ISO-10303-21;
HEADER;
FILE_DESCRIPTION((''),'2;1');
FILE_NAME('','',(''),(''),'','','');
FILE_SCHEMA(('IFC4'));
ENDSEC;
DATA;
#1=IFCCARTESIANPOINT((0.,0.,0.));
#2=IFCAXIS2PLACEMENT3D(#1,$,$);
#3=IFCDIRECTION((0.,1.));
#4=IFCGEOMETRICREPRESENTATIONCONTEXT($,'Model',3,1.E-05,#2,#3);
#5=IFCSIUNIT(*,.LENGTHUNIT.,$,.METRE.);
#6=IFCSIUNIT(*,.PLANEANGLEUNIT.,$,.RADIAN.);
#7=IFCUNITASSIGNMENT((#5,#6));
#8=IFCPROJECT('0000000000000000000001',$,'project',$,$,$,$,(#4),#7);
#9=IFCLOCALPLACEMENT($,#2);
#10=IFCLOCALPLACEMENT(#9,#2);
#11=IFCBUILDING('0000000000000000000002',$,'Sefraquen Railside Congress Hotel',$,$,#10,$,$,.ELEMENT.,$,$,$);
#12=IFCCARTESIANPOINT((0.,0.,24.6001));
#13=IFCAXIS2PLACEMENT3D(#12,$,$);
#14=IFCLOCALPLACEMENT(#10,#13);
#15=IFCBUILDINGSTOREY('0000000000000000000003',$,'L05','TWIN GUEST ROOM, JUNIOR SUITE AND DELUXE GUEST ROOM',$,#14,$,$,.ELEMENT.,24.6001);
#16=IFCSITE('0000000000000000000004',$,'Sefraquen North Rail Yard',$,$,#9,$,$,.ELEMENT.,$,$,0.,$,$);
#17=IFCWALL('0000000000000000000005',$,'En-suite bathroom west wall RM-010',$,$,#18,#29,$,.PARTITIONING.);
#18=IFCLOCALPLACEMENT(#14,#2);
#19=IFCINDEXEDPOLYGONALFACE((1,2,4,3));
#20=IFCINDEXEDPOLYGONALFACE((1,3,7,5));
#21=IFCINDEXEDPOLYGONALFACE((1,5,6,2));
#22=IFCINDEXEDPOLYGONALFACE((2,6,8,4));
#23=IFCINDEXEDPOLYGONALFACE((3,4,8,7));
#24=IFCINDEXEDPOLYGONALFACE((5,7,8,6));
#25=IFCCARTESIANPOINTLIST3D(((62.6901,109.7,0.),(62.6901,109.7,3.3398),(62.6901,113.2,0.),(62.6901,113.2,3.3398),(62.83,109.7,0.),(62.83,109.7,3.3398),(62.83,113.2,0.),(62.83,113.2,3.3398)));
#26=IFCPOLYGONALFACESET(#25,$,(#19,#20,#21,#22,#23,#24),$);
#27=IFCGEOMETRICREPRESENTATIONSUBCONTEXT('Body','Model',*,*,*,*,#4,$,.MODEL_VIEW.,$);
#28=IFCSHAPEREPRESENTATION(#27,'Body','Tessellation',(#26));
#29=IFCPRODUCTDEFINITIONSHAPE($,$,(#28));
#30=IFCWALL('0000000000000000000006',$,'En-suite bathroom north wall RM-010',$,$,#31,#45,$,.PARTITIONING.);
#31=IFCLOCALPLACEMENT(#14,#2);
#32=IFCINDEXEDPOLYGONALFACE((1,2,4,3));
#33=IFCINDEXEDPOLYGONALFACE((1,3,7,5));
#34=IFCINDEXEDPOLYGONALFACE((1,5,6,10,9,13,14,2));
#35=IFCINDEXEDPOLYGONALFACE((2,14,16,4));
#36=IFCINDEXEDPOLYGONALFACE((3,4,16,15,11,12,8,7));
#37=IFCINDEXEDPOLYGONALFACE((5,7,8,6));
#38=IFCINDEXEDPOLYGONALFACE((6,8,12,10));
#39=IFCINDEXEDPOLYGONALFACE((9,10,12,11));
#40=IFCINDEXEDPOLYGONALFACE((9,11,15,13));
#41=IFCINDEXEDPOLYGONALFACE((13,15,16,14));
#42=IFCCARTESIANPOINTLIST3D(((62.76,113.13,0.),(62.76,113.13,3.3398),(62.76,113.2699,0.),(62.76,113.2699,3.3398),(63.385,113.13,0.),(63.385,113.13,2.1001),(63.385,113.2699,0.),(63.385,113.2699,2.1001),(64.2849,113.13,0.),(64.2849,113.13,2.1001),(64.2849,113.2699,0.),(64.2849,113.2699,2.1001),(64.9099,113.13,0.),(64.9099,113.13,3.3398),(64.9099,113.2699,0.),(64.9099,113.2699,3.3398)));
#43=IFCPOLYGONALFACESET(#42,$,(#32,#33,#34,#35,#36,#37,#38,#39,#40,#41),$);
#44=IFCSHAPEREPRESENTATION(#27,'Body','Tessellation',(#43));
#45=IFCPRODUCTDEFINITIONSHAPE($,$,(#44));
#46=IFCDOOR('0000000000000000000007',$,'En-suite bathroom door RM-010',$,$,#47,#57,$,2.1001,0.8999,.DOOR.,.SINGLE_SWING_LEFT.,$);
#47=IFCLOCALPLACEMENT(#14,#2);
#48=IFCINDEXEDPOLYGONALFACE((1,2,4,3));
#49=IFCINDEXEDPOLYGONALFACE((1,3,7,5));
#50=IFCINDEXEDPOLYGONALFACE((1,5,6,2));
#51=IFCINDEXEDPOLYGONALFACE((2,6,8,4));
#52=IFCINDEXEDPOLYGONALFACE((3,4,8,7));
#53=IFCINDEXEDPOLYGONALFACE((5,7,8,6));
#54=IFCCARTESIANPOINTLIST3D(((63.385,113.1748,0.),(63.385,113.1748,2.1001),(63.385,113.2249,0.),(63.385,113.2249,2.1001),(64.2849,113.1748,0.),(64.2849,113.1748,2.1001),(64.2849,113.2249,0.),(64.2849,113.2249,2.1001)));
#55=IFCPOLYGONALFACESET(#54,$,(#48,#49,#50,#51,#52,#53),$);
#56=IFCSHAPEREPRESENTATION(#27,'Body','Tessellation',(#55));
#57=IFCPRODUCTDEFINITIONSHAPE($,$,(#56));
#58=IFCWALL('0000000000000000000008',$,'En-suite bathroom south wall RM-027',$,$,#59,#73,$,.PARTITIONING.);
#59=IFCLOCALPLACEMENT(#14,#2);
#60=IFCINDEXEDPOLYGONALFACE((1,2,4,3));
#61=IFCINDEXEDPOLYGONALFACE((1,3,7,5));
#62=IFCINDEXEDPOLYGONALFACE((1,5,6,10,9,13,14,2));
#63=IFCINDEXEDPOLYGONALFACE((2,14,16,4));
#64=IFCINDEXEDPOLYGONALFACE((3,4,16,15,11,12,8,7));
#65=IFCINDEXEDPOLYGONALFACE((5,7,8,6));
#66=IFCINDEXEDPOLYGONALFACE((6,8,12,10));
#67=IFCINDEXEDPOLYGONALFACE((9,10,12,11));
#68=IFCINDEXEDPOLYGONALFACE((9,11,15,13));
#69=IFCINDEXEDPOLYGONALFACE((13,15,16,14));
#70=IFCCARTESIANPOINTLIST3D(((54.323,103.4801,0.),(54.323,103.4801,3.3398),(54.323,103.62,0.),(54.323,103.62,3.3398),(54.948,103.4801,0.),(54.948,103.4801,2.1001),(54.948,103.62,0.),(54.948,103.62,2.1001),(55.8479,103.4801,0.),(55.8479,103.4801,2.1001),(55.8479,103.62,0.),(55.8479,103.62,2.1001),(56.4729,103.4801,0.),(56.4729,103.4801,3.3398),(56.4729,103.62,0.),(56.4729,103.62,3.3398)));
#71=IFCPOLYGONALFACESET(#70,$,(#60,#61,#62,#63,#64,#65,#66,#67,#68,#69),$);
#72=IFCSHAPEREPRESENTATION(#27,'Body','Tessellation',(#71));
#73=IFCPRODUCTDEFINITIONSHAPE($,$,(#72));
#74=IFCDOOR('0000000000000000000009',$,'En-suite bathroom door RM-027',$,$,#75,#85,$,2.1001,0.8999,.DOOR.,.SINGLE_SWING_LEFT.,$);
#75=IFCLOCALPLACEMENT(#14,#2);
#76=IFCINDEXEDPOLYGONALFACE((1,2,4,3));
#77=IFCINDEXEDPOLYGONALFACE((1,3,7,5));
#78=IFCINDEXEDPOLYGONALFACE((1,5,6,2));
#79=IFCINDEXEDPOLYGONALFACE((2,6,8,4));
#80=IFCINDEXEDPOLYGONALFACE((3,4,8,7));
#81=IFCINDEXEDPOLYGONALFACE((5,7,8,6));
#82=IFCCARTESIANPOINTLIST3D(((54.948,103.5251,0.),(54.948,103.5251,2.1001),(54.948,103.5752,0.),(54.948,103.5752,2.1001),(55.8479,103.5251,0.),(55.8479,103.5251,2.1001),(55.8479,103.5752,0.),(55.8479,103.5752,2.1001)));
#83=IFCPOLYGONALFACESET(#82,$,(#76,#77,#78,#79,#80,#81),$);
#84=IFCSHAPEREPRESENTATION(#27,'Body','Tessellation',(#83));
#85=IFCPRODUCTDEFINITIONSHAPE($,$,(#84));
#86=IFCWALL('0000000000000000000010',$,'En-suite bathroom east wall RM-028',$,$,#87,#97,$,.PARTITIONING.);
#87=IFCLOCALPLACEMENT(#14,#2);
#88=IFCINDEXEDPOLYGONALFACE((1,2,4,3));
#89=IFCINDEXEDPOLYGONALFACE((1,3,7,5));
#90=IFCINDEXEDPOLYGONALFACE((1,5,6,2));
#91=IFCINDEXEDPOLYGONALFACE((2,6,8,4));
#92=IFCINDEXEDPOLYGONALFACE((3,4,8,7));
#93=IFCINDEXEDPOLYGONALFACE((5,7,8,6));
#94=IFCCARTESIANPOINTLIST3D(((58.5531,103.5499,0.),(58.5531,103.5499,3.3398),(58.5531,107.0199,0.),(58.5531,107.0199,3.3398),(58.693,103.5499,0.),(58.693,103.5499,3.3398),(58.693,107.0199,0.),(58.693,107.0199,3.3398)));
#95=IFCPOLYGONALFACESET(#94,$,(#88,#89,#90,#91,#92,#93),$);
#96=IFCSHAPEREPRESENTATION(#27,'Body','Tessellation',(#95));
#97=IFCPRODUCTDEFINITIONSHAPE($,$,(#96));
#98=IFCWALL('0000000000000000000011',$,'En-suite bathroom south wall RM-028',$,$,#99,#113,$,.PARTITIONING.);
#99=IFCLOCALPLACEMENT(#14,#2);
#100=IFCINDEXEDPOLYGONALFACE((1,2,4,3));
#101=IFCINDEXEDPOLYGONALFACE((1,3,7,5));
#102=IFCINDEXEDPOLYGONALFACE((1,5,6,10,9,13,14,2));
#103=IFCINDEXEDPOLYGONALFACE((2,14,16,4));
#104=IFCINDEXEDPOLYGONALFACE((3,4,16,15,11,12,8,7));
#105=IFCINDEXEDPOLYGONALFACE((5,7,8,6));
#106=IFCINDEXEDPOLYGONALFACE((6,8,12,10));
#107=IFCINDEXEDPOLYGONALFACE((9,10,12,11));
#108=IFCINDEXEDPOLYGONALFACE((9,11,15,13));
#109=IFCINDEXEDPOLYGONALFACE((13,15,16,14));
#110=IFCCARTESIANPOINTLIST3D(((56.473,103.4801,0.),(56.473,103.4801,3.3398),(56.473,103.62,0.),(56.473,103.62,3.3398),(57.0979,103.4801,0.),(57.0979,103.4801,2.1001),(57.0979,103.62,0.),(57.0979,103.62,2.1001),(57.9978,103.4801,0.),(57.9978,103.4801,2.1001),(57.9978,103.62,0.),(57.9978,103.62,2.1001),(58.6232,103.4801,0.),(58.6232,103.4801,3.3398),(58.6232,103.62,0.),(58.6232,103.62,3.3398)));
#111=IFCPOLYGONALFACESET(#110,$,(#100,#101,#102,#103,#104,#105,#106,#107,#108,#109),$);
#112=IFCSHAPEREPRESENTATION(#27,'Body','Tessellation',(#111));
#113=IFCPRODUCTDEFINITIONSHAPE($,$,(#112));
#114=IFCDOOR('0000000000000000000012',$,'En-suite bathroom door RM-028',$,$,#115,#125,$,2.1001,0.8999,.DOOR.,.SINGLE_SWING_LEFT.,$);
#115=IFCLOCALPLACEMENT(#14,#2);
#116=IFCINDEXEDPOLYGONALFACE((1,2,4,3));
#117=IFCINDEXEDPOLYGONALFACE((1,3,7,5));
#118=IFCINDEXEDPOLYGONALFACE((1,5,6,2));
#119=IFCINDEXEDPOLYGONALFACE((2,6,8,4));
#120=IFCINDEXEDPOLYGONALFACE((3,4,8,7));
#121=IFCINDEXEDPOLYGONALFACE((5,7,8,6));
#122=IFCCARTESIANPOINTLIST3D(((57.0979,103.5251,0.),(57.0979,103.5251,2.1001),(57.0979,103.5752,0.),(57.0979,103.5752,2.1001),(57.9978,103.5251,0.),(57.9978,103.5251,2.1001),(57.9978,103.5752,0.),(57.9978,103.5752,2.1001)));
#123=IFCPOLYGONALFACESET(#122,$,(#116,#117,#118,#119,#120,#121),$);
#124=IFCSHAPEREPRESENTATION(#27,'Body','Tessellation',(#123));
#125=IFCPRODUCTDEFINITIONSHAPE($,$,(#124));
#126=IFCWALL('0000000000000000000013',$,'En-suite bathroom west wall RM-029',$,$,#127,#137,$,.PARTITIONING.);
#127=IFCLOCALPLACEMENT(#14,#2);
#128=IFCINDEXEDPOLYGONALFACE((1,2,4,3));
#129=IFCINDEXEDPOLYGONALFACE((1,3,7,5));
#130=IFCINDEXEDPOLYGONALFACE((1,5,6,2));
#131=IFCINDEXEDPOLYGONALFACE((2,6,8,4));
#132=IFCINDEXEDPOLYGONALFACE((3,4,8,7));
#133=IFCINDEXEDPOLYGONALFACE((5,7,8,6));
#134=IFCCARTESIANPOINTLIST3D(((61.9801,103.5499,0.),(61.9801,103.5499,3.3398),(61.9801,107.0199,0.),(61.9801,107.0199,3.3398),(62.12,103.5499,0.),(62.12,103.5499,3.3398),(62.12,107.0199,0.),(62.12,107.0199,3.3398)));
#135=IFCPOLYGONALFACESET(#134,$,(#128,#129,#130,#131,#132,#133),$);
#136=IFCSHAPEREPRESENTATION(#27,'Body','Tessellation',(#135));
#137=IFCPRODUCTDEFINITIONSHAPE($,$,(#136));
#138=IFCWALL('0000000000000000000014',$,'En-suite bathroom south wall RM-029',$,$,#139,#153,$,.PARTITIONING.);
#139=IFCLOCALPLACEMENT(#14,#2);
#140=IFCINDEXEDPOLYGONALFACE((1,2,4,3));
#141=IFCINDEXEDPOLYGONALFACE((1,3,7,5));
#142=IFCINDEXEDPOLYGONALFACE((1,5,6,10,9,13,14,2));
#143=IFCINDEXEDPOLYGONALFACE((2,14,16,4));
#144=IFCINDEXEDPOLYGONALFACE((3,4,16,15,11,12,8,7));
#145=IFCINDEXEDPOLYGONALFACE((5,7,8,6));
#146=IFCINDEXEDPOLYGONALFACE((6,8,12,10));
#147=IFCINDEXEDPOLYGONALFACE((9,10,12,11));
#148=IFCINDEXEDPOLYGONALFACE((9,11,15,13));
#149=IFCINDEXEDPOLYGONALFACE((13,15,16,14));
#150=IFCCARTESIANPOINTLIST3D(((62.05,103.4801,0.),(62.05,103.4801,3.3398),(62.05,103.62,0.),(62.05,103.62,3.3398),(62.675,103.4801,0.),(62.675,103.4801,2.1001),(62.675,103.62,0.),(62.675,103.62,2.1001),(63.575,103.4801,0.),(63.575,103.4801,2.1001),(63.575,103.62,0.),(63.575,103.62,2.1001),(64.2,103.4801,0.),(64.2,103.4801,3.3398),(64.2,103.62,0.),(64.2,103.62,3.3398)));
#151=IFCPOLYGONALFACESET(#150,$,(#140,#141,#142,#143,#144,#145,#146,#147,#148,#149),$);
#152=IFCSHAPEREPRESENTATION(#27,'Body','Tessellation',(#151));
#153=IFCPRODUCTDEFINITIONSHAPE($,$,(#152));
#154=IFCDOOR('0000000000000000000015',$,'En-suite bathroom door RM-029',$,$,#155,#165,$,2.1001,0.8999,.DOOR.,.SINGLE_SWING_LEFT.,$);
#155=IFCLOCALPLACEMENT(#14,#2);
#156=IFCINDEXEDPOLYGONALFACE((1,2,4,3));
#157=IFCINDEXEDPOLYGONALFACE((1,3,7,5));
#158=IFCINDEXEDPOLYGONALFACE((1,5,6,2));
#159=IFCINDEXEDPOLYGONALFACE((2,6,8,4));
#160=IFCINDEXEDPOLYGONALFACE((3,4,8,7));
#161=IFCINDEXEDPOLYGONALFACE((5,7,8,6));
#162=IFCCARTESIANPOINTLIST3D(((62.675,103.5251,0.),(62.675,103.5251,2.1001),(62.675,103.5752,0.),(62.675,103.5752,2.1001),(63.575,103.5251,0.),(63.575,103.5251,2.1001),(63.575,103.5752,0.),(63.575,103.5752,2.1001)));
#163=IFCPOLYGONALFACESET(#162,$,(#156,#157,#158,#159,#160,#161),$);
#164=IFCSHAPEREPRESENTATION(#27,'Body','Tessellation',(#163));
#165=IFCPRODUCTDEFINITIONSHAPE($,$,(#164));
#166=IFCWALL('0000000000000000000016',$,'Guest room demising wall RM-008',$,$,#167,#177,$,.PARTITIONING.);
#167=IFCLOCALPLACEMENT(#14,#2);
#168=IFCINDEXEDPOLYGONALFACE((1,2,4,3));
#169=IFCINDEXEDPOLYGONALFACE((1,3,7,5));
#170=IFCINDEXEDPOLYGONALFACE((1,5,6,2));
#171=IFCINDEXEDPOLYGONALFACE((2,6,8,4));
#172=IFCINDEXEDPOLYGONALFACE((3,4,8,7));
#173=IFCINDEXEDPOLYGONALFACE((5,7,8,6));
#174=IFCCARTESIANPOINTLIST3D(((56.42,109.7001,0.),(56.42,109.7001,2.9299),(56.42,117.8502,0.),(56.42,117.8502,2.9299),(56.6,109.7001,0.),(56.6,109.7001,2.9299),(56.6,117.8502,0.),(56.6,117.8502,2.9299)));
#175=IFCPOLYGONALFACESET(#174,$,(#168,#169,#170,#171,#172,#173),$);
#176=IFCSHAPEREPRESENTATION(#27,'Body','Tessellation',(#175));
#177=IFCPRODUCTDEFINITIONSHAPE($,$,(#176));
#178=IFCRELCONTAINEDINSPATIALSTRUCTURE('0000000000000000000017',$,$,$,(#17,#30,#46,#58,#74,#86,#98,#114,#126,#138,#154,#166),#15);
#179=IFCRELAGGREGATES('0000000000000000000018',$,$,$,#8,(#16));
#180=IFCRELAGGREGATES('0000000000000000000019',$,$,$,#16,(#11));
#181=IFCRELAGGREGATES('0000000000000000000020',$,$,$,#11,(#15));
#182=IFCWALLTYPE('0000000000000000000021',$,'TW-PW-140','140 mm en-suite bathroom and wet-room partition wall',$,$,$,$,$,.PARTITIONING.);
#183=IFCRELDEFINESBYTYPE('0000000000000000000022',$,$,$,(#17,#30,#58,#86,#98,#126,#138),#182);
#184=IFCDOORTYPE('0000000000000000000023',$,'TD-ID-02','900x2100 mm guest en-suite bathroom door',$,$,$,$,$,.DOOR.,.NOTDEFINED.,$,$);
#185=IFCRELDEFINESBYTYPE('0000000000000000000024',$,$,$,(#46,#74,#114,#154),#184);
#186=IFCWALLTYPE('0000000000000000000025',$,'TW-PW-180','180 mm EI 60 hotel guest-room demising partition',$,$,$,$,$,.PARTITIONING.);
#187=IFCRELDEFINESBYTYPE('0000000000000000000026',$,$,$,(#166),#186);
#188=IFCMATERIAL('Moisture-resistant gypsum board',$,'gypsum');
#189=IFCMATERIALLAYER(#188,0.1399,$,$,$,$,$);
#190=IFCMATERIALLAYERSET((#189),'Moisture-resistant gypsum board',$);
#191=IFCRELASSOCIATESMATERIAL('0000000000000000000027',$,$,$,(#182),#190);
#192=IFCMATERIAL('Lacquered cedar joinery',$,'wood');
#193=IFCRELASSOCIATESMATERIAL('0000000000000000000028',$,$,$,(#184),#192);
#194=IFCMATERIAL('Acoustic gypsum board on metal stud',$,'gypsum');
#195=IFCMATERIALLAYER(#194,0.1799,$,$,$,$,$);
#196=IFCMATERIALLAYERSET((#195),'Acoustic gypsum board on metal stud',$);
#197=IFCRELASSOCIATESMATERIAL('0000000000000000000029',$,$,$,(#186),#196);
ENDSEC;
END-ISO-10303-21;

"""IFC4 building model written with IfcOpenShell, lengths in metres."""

from ifc_helpers import new_model, si_unit, direction, frame, frame_2d, origin, place, context, subcontext, project, spatial, rectangle, extrude, material, layer, layer_set, type_object, element, fill, save


model = new_model("IFC4")

# Units and contexts
model_context = context("Model", 3, precision=1e-05, world=origin(), true_north=direction((0.0, 1.0)))
body_context = subcontext(model_context, "Body", "Model", "MODEL_VIEW")
ifc_project = project(units=[si_unit("LENGTHUNIT", "METRE"), si_unit("PLANEANGLEUNIT", "RADIAN")], contexts=[model_context])

# Site, building, storey
site_placement = place(None, origin())
site = spatial("IfcSite", under=ifc_project, at=site_placement, Name="Sefraquen North Rail Yard", CompositionType="ELEMENT", RefElevation=0.0)
building_placement = place(site_placement, origin())
building = spatial("IfcBuilding", under=site, at=building_placement, Name="Sefraquen Railside Congress Hotel", CompositionType="ELEMENT")
storey_placement = place(building_placement, frame((0.0, 0.0, 24.6001)))
storey = spatial("IfcBuildingStorey", under=building, at=storey_placement, Name="L05", Description="TWIN GUEST ROOM, JUNIOR SUITE AND DELUXE GUEST ROOM", CompositionType="ELEMENT", Elevation=24.6001)

# Shared definitions
ifc_material_1 = material(Name="Moisture-resistant gypsum board", Category="gypsum")
ifc_layer_1 = layer(ifc_material_1, 0.1399)
ifc_layer_set_1 = layer_set([ifc_layer_1], Name="Moisture-resistant gypsum board")
wall_type_1 = type_object("IfcWallType", Name="TW-PW-140", Description="140 mm en-suite bathroom and wet-room partition wall", PredefinedType="PARTITIONING", material=ifc_layer_set_1)

# Shared definitions
ifc_material_2 = material(Name="Lacquered cedar joinery", Category="wood")
door_type = type_object("IfcDoorType", Name="TD-ID-02", Description="900x2100 mm guest en-suite bathroom door", OperationType="NOTDEFINED", PredefinedType="DOOR", material=ifc_material_2)

# Wall
wall_1_placement = place(storey_placement, frame((62.76, 109.7, 0.0), z_axis=(0.0, 0.0, 1.0), x_axis=(0.0, 1.0, 0.0)))
element("IfcWall", 1, at=wall_1_placement, inside=storey, type_object=wall_type_1, Name="En-suite bathroom west wall RM-010", PredefinedType="PARTITIONING", context=body_context, shape_type="SweptSolid", body=[
    extrude(rectangle(XDim=3.5, YDim=0.1399, at=frame_2d((1.75, 0.0))), origin(), (0.0, 0.0, 1.0), 3.3398),
])

# Walls, openings, doors
wall_2_placement = place(storey_placement, frame((62.76, 113.2, 0.0), z_axis=(0.0, 0.0, 1.0), x_axis=(1.0, 0.0, 0.0)))
wall_2 = element("IfcWall", 2, at=wall_2_placement, inside=storey, type_object=wall_type_1, Name="En-suite bathroom north wall RM-010", PredefinedType="PARTITIONING", context=body_context, shape_type="SweptSolid", body=[
    extrude(rectangle(XDim=2.1499, YDim=0.1399, at=frame_2d((1.075, 0.0))), origin(), (0.0, 0.0, 1.0), 3.3398),
])
opening_1_placement = place(wall_2_placement, frame((0.625, 0.0, 0.0)))
opening_1 = element("IfcOpeningElement", 3, at=opening_1_placement, cuts=wall_2, PredefinedType="OPENING", context=body_context, shape_type="SweptSolid", body=[
    extrude(rectangle(XDim=0.8999, YDim=2.1001, at=frame_2d((0.45, 1.05))), frame((0.0, 0.0798, 0.0), z_axis=(0.0, -1.0, 0.0), x_axis=(1.0, 0.0, 0.0)), (0.0, 0.0, 1.0), 0.1599),
])
door_1_placement = place(opening_1_placement, origin())
door_1 = element("IfcDoor", 4, at=door_1_placement, inside=storey, type_object=door_type, Name="En-suite bathroom door RM-010", OperationType="SINGLE_SWING_LEFT", OverallHeight=2.1001, OverallWidth=0.8999, PredefinedType="DOOR", context=body_context, shape_type="SweptSolid", body=[
    extrude(rectangle(XDim=0.8999, YDim=2.1001, at=frame_2d((0.45, 1.05))), frame((0.0, 0.0249, 0.0), z_axis=(0.0, -1.0, 0.0), x_axis=(1.0, 0.0, 0.0)), (0.0, 0.0, 1.0), 0.05),
])
fill(opening_1, door_1)
wall_3_placement = place(storey_placement, frame((54.323, 103.55, 0.0), z_axis=(0.0, 0.0, 1.0), x_axis=(1.0, 0.0, 0.0)))
wall_3 = element("IfcWall", 5, at=wall_3_placement, inside=storey, type_object=wall_type_1, Name="En-suite bathroom south wall RM-027", PredefinedType="PARTITIONING", context=body_context, shape_type="SweptSolid", body=[
    extrude(rectangle(XDim=2.1499, YDim=0.1399, at=frame_2d((1.075, 0.0))), origin(), (0.0, 0.0, 1.0), 3.3398),
])
opening_2_placement = place(wall_3_placement, frame((0.625, 0.0, 0.0)))
opening_2 = element("IfcOpeningElement", 6, at=opening_2_placement, cuts=wall_3, PredefinedType="OPENING", context=body_context, shape_type="SweptSolid", body=[
    extrude(rectangle(XDim=0.8999, YDim=2.1001, at=frame_2d((0.45, 1.05))), frame((0.0, 0.0798, 0.0), z_axis=(0.0, -1.0, 0.0), x_axis=(1.0, 0.0, 0.0)), (0.0, 0.0, 1.0), 0.1599),
])
door_2_placement = place(opening_2_placement, frame((0.8999, 0.0, 0.0), z_axis=(0.0, 0.0, 1.0), x_axis=(-1.0, 0.0, 0.0)))
door_2 = element("IfcDoor", 7, at=door_2_placement, inside=storey, type_object=door_type, Name="En-suite bathroom door RM-027", OperationType="SINGLE_SWING_LEFT", OverallHeight=2.1001, OverallWidth=0.8999, PredefinedType="DOOR", context=body_context, shape_type="SweptSolid", body=[
    extrude(rectangle(XDim=0.8999, YDim=2.1001, at=frame_2d((0.45, 1.05))), frame((0.0, 0.0249, 0.0), z_axis=(0.0, -1.0, 0.0), x_axis=(1.0, 0.0, 0.0)), (0.0, 0.0, 1.0), 0.05),
])
fill(opening_2, door_2)

# Wall
wall_4_placement = place(storey_placement, frame((58.623, 103.55, 0.0), z_axis=(0.0, 0.0, 1.0), x_axis=(0.0, 1.0, 0.0)))
element("IfcWall", 8, at=wall_4_placement, inside=storey, type_object=wall_type_1, Name="En-suite bathroom east wall RM-028", PredefinedType="PARTITIONING", context=body_context, shape_type="SweptSolid", body=[
    extrude(rectangle(XDim=3.47, YDim=0.1399, at=frame_2d((1.7349, 0.0))), origin(), (0.0, 0.0, 1.0), 3.3398),
])

# Wall, opening, door
wall_5_placement = place(storey_placement, frame((56.4729, 103.55, 0.0), z_axis=(0.0, 0.0, 1.0), x_axis=(1.0, 0.0, 0.0)))
wall_5 = element("IfcWall", 9, at=wall_5_placement, inside=storey, type_object=wall_type_1, Name="En-suite bathroom south wall RM-028", PredefinedType="PARTITIONING", context=body_context, shape_type="SweptSolid", body=[
    extrude(rectangle(XDim=2.1501, YDim=0.1399, at=frame_2d((1.0752, 0.0))), origin(), (0.0, 0.0, 1.0), 3.3398),
])
opening_3_placement = place(wall_5_placement, frame((0.625, 0.0, 0.0)))
opening_3 = element("IfcOpeningElement", 10, at=opening_3_placement, cuts=wall_5, PredefinedType="OPENING", context=body_context, shape_type="SweptSolid", body=[
    extrude(rectangle(XDim=0.8999, YDim=2.1001, at=frame_2d((0.45, 1.05))), frame((0.0, 0.0798, 0.0), z_axis=(0.0, -1.0, 0.0), x_axis=(1.0, 0.0, 0.0)), (0.0, 0.0, 1.0), 0.1599),
])
door_3_placement = place(opening_3_placement, frame((0.8999, 0.0, 0.0), z_axis=(0.0, 0.0, 1.0), x_axis=(-1.0, 0.0, 0.0)))
door_3 = element("IfcDoor", 11, at=door_3_placement, inside=storey, type_object=door_type, Name="En-suite bathroom door RM-028", OperationType="SINGLE_SWING_LEFT", OverallHeight=2.1001, OverallWidth=0.8999, PredefinedType="DOOR", context=body_context, shape_type="SweptSolid", body=[
    extrude(rectangle(XDim=0.8999, YDim=2.1001, at=frame_2d((0.45, 1.05))), frame((0.0, 0.0249, 0.0), z_axis=(0.0, -1.0, 0.0), x_axis=(1.0, 0.0, 0.0)), (0.0, 0.0, 1.0), 0.05),
])
fill(opening_3, door_3)

# Wall
wall_6_placement = place(storey_placement, frame((62.05, 103.55, 0.0), z_axis=(0.0, 0.0, 1.0), x_axis=(0.0, 1.0, 0.0)))
element("IfcWall", 12, at=wall_6_placement, inside=storey, type_object=wall_type_1, Name="En-suite bathroom west wall RM-029", PredefinedType="PARTITIONING", context=body_context, shape_type="SweptSolid", body=[
    extrude(rectangle(XDim=3.47, YDim=0.1399, at=frame_2d((1.7349, 0.0))), origin(), (0.0, 0.0, 1.0), 3.3398),
])

# Wall, opening, door
wall_7_placement = place(storey_placement, frame((62.05, 103.55, 0.0), z_axis=(0.0, 0.0, 1.0), x_axis=(1.0, 0.0, 0.0)))
wall_7 = element("IfcWall", 13, at=wall_7_placement, inside=storey, type_object=wall_type_1, Name="En-suite bathroom south wall RM-029", PredefinedType="PARTITIONING", context=body_context, shape_type="SweptSolid", body=[
    extrude(rectangle(XDim=2.1499, YDim=0.1399, at=frame_2d((1.075, 0.0))), origin(), (0.0, 0.0, 1.0), 3.3398),
])
opening_4_placement = place(wall_7_placement, frame((0.625, 0.0, 0.0)))
opening_4 = element("IfcOpeningElement", 14, at=opening_4_placement, cuts=wall_7, PredefinedType="OPENING", context=body_context, shape_type="SweptSolid", body=[
    extrude(rectangle(XDim=0.8999, YDim=2.1001, at=frame_2d((0.45, 1.05))), frame((0.0, 0.0798, 0.0), z_axis=(0.0, -1.0, 0.0), x_axis=(1.0, 0.0, 0.0)), (0.0, 0.0, 1.0), 0.1599),
])
door_4_placement = place(opening_4_placement, frame((0.8999, 0.0, 0.0), z_axis=(0.0, 0.0, 1.0), x_axis=(-1.0, 0.0, 0.0)))
door_4 = element("IfcDoor", 15, at=door_4_placement, inside=storey, type_object=door_type, Name="En-suite bathroom door RM-029", OperationType="SINGLE_SWING_LEFT", OverallHeight=2.1001, OverallWidth=0.8999, PredefinedType="DOOR", context=body_context, shape_type="SweptSolid", body=[
    extrude(rectangle(XDim=0.8999, YDim=2.1001, at=frame_2d((0.45, 1.05))), frame((0.0, 0.0249, 0.0), z_axis=(0.0, -1.0, 0.0), x_axis=(1.0, 0.0, 0.0)), (0.0, 0.0, 1.0), 0.05),
])
fill(opening_4, door_4)

# Wall
ifc_material_3 = material(Name="Acoustic gypsum board on metal stud", Category="gypsum")
ifc_layer_2 = layer(ifc_material_3, 0.1799)
ifc_layer_set_2 = layer_set([ifc_layer_2], Name="Acoustic gypsum board on metal stud")
wall_type_2 = type_object("IfcWallType", Name="TW-PW-180", Description="180 mm EI 60 hotel guest-room demising partition", PredefinedType="PARTITIONING", material=ifc_layer_set_2)
wall_8_placement = place(storey_placement, frame((56.51, 109.7, 0.0), z_axis=(0.0, 0.0, 1.0), x_axis=(0.0, 1.0, 0.0)))
element("IfcWall", 16, at=wall_8_placement, inside=storey, type_object=wall_type_2, Name="Guest room demising wall RM-008", PredefinedType="PARTITIONING", context=body_context, shape_type="SweptSolid", body=[
    extrude(rectangle(XDim=8.1501, YDim=0.1799, at=frame_2d((4.0752, 0.0))), origin(), (0.0, 0.0, 1.0), 2.9299),
])

save(model, "model.ifc")
